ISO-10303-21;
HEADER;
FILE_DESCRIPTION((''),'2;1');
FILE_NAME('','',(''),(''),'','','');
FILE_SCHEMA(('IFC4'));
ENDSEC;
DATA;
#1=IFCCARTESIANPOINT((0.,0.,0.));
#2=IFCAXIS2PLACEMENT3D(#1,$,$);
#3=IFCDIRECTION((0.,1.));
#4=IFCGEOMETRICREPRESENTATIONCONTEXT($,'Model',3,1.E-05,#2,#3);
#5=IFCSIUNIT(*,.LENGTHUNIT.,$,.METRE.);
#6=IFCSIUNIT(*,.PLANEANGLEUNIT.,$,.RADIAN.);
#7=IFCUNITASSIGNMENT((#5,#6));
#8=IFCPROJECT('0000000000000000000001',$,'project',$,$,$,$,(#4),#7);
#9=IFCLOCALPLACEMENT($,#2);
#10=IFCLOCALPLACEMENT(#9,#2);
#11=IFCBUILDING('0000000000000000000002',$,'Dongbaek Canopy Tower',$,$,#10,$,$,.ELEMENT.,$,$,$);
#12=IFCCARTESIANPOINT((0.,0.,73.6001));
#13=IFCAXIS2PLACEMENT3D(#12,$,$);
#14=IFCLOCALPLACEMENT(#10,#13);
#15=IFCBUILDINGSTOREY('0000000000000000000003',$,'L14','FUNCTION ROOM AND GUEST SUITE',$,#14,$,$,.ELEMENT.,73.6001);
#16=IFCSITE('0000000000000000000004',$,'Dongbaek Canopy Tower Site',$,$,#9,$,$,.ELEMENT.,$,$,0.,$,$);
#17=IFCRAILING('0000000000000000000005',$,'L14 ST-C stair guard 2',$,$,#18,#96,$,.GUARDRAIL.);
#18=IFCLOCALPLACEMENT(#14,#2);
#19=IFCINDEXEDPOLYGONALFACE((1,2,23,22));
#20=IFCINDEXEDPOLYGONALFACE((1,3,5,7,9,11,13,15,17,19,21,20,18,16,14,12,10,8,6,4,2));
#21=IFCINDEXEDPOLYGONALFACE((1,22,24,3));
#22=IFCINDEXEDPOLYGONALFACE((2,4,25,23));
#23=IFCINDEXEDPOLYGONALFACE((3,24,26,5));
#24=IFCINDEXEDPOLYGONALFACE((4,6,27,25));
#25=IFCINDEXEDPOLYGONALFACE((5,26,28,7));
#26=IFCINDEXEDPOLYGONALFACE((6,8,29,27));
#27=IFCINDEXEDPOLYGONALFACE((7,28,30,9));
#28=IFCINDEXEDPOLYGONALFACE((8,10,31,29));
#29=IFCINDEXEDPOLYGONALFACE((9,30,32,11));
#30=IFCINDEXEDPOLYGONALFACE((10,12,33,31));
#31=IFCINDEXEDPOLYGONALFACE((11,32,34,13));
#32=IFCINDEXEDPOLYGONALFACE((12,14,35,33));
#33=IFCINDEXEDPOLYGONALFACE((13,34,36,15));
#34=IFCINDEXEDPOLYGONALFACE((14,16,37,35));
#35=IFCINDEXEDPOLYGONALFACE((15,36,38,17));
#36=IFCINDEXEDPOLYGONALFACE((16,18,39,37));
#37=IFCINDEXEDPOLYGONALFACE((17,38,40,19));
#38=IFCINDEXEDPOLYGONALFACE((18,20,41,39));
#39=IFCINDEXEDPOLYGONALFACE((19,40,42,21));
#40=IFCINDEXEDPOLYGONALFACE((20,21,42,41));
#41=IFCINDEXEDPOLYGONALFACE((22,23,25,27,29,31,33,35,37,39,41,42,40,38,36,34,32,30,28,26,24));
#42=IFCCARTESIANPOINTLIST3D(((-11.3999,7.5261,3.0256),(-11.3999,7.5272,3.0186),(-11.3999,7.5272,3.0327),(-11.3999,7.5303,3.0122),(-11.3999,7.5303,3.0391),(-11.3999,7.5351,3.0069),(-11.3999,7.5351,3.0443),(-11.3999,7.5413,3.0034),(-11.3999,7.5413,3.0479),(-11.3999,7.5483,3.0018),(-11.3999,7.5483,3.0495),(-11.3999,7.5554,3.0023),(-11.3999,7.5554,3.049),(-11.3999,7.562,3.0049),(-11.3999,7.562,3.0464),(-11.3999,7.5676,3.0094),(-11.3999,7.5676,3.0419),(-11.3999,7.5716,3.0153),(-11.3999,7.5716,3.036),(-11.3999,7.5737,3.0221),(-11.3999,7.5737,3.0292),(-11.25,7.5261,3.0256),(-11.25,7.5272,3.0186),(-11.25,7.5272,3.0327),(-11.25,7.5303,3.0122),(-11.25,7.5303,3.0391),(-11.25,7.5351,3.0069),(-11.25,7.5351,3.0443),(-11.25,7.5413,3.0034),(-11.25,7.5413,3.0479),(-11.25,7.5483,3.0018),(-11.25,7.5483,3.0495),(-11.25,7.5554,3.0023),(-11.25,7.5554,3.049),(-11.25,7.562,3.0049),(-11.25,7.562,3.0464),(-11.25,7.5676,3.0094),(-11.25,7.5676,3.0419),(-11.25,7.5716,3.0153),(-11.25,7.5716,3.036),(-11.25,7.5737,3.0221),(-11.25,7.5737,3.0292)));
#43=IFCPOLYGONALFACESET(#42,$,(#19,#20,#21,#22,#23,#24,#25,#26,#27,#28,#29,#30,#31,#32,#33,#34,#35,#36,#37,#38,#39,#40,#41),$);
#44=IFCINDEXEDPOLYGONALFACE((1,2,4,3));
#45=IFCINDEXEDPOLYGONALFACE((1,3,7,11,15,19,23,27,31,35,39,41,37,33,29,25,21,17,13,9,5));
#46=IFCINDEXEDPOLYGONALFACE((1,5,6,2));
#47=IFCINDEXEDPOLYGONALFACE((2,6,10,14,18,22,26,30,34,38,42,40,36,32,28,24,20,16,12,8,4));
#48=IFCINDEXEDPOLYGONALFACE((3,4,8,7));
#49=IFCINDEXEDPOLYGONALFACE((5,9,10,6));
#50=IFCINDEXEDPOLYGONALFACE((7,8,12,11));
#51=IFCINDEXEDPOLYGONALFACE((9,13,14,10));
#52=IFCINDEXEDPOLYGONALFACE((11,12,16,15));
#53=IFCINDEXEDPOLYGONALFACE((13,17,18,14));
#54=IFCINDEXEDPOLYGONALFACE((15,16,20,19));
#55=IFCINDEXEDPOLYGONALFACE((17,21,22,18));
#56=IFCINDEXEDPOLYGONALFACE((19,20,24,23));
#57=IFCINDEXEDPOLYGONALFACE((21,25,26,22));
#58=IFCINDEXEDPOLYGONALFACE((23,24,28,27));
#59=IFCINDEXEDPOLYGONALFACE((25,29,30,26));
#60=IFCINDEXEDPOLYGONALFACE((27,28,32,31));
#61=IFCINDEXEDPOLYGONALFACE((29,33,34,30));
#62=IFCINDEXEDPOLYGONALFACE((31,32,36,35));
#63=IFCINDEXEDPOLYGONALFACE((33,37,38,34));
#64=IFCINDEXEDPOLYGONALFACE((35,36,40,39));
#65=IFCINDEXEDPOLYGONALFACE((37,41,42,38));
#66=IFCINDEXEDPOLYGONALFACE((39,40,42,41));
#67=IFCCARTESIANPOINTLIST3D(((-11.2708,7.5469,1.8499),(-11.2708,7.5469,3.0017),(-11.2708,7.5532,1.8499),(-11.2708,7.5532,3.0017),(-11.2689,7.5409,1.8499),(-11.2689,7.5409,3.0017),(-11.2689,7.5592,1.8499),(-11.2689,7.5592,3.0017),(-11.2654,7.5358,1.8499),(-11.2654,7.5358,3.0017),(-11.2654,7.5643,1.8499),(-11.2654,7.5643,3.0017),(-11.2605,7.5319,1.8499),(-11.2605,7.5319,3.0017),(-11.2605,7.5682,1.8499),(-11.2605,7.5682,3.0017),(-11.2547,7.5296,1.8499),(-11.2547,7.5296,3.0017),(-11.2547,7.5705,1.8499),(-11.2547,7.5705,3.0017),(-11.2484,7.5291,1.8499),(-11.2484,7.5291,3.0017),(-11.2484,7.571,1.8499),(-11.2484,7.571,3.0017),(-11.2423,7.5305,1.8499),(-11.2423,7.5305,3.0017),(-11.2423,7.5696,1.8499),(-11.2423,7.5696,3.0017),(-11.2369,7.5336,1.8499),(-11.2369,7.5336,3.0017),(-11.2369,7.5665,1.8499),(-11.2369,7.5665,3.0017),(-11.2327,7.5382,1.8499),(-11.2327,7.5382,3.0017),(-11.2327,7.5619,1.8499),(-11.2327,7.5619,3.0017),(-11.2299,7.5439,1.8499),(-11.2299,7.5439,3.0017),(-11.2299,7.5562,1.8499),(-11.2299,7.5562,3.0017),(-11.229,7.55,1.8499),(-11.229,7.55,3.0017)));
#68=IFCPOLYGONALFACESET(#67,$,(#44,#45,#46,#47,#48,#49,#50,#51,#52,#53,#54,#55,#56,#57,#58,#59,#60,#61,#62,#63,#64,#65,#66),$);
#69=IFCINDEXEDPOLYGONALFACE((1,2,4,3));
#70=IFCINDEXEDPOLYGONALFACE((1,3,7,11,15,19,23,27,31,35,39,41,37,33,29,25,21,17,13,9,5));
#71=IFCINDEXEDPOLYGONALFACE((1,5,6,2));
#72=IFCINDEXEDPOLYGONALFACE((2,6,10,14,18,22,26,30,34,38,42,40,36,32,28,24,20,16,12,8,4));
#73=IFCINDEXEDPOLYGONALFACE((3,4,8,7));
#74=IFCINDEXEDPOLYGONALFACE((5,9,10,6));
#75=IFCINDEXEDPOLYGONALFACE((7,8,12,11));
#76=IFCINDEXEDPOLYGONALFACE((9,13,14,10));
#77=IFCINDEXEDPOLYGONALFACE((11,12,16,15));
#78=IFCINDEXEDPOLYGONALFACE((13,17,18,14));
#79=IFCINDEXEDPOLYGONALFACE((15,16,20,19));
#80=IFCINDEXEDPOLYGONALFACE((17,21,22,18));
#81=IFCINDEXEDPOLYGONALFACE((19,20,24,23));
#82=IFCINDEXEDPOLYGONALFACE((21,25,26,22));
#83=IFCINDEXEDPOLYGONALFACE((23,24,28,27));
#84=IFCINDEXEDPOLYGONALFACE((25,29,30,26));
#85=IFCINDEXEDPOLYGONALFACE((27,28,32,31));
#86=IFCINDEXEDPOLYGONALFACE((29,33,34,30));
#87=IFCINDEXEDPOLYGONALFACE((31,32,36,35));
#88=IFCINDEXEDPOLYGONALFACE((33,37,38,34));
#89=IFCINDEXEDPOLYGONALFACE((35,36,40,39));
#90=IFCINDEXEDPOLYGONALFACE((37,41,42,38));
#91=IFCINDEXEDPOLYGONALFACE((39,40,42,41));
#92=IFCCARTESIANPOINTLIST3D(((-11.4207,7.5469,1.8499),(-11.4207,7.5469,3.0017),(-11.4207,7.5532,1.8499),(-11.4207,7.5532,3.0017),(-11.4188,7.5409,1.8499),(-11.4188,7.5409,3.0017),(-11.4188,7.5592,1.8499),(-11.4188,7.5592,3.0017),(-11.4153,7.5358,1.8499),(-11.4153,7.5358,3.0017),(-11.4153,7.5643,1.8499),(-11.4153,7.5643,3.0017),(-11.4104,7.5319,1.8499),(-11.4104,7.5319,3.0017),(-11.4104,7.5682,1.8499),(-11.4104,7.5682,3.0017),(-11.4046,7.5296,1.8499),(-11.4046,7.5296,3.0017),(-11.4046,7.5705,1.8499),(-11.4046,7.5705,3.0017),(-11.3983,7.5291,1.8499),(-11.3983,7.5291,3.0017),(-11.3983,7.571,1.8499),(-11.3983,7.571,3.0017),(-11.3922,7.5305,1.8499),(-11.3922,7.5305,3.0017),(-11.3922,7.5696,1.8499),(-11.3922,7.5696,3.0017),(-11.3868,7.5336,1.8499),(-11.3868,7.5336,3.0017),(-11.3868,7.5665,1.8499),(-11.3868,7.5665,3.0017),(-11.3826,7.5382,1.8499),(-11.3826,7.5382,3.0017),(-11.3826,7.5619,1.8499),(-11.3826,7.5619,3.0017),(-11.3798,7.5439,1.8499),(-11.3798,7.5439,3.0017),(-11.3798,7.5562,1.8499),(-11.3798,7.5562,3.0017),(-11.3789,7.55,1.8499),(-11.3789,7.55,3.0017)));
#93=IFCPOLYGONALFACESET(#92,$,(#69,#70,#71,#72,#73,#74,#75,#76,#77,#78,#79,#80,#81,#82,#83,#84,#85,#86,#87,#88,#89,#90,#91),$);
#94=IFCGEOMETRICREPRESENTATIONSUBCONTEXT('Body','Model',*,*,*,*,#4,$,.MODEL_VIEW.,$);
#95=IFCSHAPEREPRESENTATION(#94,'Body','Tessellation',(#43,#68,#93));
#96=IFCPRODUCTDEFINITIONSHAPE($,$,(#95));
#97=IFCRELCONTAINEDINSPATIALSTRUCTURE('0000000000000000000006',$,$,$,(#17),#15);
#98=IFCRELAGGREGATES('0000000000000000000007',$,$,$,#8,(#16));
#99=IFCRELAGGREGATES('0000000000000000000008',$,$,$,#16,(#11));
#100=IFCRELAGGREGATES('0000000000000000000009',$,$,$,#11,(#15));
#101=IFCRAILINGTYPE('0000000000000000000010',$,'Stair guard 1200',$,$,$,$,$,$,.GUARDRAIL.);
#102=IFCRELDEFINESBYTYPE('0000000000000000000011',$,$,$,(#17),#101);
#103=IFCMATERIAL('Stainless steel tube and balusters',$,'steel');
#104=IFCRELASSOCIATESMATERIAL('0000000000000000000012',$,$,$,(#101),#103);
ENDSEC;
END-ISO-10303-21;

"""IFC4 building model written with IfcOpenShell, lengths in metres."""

from ifc_helpers import new_model, si_unit, direction, frame, origin, origin_2d, place, context, subcontext, project, spatial, circle, extrude, material, type_object, element, save


model = new_model("IFC4")

# Units and contexts
model_context = context("Model", 3, precision=1e-05, world=origin(), true_north=direction((0.0, 1.0)))
body_context = subcontext(model_context, "Body", "Model", "MODEL_VIEW")
ifc_project = project(units=[si_unit("LENGTHUNIT", "METRE"), si_unit("PLANEANGLEUNIT", "RADIAN")], contexts=[model_context])

# Site, building, storey
site_placement = place(None, origin())
site = spatial("IfcSite", under=ifc_project, at=site_placement, Name="Dongbaek Canopy Tower Site", CompositionType="ELEMENT", RefElevation=0.0)
building_placement = place(site_placement, origin())
building = spatial("IfcBuilding", under=site, at=building_placement, Name="Dongbaek Canopy Tower", CompositionType="ELEMENT")
storey_placement = place(building_placement, frame((0.0, 0.0, 73.6001)))
storey = spatial("IfcBuildingStorey", under=building, at=storey_placement, Name="L14", Description="FUNCTION ROOM AND GUEST SUITE", CompositionType="ELEMENT", Elevation=73.6001)

# Railing
ifc_material_1 = material(Name="Stainless steel tube and balusters", Category="steel")
railing_type_1 = type_object("IfcRailingType", Name="Stair guard 1200", PredefinedType="GUARDRAIL", material=ifc_material_1)
railing_1_placement = place(storey_placement, frame((-11.25, 7.55, 1.8499)))
element("IfcRailing", 1, at=railing_1_placement, inside=storey, type_object=railing_type_1, Name="L14 ST-C stair guard 2", PredefinedType="GUARDRAIL", context=body_context, shape_type="SweptSolid", body=[
    extrude(circle(Radius=0.0239, at=origin_2d()), frame((0.0, 0.0, 1.1758), z_axis=(-1.0, 0.0, 0.0), x_axis=(0.0, -1.0, 0.0)), (0.0, 0.0, 1.0), 0.1499),
    extrude(circle(Radius=0.021, at=origin_2d()), origin(), (0.0, 0.0, 1.0), 1.1519),
    extrude(circle(Radius=0.021, at=origin_2d()), frame((-0.1499, 0.0, 0.0)), (0.0, 0.0, 1.0), 1.1519),
])

save(model, "model.ifc")
